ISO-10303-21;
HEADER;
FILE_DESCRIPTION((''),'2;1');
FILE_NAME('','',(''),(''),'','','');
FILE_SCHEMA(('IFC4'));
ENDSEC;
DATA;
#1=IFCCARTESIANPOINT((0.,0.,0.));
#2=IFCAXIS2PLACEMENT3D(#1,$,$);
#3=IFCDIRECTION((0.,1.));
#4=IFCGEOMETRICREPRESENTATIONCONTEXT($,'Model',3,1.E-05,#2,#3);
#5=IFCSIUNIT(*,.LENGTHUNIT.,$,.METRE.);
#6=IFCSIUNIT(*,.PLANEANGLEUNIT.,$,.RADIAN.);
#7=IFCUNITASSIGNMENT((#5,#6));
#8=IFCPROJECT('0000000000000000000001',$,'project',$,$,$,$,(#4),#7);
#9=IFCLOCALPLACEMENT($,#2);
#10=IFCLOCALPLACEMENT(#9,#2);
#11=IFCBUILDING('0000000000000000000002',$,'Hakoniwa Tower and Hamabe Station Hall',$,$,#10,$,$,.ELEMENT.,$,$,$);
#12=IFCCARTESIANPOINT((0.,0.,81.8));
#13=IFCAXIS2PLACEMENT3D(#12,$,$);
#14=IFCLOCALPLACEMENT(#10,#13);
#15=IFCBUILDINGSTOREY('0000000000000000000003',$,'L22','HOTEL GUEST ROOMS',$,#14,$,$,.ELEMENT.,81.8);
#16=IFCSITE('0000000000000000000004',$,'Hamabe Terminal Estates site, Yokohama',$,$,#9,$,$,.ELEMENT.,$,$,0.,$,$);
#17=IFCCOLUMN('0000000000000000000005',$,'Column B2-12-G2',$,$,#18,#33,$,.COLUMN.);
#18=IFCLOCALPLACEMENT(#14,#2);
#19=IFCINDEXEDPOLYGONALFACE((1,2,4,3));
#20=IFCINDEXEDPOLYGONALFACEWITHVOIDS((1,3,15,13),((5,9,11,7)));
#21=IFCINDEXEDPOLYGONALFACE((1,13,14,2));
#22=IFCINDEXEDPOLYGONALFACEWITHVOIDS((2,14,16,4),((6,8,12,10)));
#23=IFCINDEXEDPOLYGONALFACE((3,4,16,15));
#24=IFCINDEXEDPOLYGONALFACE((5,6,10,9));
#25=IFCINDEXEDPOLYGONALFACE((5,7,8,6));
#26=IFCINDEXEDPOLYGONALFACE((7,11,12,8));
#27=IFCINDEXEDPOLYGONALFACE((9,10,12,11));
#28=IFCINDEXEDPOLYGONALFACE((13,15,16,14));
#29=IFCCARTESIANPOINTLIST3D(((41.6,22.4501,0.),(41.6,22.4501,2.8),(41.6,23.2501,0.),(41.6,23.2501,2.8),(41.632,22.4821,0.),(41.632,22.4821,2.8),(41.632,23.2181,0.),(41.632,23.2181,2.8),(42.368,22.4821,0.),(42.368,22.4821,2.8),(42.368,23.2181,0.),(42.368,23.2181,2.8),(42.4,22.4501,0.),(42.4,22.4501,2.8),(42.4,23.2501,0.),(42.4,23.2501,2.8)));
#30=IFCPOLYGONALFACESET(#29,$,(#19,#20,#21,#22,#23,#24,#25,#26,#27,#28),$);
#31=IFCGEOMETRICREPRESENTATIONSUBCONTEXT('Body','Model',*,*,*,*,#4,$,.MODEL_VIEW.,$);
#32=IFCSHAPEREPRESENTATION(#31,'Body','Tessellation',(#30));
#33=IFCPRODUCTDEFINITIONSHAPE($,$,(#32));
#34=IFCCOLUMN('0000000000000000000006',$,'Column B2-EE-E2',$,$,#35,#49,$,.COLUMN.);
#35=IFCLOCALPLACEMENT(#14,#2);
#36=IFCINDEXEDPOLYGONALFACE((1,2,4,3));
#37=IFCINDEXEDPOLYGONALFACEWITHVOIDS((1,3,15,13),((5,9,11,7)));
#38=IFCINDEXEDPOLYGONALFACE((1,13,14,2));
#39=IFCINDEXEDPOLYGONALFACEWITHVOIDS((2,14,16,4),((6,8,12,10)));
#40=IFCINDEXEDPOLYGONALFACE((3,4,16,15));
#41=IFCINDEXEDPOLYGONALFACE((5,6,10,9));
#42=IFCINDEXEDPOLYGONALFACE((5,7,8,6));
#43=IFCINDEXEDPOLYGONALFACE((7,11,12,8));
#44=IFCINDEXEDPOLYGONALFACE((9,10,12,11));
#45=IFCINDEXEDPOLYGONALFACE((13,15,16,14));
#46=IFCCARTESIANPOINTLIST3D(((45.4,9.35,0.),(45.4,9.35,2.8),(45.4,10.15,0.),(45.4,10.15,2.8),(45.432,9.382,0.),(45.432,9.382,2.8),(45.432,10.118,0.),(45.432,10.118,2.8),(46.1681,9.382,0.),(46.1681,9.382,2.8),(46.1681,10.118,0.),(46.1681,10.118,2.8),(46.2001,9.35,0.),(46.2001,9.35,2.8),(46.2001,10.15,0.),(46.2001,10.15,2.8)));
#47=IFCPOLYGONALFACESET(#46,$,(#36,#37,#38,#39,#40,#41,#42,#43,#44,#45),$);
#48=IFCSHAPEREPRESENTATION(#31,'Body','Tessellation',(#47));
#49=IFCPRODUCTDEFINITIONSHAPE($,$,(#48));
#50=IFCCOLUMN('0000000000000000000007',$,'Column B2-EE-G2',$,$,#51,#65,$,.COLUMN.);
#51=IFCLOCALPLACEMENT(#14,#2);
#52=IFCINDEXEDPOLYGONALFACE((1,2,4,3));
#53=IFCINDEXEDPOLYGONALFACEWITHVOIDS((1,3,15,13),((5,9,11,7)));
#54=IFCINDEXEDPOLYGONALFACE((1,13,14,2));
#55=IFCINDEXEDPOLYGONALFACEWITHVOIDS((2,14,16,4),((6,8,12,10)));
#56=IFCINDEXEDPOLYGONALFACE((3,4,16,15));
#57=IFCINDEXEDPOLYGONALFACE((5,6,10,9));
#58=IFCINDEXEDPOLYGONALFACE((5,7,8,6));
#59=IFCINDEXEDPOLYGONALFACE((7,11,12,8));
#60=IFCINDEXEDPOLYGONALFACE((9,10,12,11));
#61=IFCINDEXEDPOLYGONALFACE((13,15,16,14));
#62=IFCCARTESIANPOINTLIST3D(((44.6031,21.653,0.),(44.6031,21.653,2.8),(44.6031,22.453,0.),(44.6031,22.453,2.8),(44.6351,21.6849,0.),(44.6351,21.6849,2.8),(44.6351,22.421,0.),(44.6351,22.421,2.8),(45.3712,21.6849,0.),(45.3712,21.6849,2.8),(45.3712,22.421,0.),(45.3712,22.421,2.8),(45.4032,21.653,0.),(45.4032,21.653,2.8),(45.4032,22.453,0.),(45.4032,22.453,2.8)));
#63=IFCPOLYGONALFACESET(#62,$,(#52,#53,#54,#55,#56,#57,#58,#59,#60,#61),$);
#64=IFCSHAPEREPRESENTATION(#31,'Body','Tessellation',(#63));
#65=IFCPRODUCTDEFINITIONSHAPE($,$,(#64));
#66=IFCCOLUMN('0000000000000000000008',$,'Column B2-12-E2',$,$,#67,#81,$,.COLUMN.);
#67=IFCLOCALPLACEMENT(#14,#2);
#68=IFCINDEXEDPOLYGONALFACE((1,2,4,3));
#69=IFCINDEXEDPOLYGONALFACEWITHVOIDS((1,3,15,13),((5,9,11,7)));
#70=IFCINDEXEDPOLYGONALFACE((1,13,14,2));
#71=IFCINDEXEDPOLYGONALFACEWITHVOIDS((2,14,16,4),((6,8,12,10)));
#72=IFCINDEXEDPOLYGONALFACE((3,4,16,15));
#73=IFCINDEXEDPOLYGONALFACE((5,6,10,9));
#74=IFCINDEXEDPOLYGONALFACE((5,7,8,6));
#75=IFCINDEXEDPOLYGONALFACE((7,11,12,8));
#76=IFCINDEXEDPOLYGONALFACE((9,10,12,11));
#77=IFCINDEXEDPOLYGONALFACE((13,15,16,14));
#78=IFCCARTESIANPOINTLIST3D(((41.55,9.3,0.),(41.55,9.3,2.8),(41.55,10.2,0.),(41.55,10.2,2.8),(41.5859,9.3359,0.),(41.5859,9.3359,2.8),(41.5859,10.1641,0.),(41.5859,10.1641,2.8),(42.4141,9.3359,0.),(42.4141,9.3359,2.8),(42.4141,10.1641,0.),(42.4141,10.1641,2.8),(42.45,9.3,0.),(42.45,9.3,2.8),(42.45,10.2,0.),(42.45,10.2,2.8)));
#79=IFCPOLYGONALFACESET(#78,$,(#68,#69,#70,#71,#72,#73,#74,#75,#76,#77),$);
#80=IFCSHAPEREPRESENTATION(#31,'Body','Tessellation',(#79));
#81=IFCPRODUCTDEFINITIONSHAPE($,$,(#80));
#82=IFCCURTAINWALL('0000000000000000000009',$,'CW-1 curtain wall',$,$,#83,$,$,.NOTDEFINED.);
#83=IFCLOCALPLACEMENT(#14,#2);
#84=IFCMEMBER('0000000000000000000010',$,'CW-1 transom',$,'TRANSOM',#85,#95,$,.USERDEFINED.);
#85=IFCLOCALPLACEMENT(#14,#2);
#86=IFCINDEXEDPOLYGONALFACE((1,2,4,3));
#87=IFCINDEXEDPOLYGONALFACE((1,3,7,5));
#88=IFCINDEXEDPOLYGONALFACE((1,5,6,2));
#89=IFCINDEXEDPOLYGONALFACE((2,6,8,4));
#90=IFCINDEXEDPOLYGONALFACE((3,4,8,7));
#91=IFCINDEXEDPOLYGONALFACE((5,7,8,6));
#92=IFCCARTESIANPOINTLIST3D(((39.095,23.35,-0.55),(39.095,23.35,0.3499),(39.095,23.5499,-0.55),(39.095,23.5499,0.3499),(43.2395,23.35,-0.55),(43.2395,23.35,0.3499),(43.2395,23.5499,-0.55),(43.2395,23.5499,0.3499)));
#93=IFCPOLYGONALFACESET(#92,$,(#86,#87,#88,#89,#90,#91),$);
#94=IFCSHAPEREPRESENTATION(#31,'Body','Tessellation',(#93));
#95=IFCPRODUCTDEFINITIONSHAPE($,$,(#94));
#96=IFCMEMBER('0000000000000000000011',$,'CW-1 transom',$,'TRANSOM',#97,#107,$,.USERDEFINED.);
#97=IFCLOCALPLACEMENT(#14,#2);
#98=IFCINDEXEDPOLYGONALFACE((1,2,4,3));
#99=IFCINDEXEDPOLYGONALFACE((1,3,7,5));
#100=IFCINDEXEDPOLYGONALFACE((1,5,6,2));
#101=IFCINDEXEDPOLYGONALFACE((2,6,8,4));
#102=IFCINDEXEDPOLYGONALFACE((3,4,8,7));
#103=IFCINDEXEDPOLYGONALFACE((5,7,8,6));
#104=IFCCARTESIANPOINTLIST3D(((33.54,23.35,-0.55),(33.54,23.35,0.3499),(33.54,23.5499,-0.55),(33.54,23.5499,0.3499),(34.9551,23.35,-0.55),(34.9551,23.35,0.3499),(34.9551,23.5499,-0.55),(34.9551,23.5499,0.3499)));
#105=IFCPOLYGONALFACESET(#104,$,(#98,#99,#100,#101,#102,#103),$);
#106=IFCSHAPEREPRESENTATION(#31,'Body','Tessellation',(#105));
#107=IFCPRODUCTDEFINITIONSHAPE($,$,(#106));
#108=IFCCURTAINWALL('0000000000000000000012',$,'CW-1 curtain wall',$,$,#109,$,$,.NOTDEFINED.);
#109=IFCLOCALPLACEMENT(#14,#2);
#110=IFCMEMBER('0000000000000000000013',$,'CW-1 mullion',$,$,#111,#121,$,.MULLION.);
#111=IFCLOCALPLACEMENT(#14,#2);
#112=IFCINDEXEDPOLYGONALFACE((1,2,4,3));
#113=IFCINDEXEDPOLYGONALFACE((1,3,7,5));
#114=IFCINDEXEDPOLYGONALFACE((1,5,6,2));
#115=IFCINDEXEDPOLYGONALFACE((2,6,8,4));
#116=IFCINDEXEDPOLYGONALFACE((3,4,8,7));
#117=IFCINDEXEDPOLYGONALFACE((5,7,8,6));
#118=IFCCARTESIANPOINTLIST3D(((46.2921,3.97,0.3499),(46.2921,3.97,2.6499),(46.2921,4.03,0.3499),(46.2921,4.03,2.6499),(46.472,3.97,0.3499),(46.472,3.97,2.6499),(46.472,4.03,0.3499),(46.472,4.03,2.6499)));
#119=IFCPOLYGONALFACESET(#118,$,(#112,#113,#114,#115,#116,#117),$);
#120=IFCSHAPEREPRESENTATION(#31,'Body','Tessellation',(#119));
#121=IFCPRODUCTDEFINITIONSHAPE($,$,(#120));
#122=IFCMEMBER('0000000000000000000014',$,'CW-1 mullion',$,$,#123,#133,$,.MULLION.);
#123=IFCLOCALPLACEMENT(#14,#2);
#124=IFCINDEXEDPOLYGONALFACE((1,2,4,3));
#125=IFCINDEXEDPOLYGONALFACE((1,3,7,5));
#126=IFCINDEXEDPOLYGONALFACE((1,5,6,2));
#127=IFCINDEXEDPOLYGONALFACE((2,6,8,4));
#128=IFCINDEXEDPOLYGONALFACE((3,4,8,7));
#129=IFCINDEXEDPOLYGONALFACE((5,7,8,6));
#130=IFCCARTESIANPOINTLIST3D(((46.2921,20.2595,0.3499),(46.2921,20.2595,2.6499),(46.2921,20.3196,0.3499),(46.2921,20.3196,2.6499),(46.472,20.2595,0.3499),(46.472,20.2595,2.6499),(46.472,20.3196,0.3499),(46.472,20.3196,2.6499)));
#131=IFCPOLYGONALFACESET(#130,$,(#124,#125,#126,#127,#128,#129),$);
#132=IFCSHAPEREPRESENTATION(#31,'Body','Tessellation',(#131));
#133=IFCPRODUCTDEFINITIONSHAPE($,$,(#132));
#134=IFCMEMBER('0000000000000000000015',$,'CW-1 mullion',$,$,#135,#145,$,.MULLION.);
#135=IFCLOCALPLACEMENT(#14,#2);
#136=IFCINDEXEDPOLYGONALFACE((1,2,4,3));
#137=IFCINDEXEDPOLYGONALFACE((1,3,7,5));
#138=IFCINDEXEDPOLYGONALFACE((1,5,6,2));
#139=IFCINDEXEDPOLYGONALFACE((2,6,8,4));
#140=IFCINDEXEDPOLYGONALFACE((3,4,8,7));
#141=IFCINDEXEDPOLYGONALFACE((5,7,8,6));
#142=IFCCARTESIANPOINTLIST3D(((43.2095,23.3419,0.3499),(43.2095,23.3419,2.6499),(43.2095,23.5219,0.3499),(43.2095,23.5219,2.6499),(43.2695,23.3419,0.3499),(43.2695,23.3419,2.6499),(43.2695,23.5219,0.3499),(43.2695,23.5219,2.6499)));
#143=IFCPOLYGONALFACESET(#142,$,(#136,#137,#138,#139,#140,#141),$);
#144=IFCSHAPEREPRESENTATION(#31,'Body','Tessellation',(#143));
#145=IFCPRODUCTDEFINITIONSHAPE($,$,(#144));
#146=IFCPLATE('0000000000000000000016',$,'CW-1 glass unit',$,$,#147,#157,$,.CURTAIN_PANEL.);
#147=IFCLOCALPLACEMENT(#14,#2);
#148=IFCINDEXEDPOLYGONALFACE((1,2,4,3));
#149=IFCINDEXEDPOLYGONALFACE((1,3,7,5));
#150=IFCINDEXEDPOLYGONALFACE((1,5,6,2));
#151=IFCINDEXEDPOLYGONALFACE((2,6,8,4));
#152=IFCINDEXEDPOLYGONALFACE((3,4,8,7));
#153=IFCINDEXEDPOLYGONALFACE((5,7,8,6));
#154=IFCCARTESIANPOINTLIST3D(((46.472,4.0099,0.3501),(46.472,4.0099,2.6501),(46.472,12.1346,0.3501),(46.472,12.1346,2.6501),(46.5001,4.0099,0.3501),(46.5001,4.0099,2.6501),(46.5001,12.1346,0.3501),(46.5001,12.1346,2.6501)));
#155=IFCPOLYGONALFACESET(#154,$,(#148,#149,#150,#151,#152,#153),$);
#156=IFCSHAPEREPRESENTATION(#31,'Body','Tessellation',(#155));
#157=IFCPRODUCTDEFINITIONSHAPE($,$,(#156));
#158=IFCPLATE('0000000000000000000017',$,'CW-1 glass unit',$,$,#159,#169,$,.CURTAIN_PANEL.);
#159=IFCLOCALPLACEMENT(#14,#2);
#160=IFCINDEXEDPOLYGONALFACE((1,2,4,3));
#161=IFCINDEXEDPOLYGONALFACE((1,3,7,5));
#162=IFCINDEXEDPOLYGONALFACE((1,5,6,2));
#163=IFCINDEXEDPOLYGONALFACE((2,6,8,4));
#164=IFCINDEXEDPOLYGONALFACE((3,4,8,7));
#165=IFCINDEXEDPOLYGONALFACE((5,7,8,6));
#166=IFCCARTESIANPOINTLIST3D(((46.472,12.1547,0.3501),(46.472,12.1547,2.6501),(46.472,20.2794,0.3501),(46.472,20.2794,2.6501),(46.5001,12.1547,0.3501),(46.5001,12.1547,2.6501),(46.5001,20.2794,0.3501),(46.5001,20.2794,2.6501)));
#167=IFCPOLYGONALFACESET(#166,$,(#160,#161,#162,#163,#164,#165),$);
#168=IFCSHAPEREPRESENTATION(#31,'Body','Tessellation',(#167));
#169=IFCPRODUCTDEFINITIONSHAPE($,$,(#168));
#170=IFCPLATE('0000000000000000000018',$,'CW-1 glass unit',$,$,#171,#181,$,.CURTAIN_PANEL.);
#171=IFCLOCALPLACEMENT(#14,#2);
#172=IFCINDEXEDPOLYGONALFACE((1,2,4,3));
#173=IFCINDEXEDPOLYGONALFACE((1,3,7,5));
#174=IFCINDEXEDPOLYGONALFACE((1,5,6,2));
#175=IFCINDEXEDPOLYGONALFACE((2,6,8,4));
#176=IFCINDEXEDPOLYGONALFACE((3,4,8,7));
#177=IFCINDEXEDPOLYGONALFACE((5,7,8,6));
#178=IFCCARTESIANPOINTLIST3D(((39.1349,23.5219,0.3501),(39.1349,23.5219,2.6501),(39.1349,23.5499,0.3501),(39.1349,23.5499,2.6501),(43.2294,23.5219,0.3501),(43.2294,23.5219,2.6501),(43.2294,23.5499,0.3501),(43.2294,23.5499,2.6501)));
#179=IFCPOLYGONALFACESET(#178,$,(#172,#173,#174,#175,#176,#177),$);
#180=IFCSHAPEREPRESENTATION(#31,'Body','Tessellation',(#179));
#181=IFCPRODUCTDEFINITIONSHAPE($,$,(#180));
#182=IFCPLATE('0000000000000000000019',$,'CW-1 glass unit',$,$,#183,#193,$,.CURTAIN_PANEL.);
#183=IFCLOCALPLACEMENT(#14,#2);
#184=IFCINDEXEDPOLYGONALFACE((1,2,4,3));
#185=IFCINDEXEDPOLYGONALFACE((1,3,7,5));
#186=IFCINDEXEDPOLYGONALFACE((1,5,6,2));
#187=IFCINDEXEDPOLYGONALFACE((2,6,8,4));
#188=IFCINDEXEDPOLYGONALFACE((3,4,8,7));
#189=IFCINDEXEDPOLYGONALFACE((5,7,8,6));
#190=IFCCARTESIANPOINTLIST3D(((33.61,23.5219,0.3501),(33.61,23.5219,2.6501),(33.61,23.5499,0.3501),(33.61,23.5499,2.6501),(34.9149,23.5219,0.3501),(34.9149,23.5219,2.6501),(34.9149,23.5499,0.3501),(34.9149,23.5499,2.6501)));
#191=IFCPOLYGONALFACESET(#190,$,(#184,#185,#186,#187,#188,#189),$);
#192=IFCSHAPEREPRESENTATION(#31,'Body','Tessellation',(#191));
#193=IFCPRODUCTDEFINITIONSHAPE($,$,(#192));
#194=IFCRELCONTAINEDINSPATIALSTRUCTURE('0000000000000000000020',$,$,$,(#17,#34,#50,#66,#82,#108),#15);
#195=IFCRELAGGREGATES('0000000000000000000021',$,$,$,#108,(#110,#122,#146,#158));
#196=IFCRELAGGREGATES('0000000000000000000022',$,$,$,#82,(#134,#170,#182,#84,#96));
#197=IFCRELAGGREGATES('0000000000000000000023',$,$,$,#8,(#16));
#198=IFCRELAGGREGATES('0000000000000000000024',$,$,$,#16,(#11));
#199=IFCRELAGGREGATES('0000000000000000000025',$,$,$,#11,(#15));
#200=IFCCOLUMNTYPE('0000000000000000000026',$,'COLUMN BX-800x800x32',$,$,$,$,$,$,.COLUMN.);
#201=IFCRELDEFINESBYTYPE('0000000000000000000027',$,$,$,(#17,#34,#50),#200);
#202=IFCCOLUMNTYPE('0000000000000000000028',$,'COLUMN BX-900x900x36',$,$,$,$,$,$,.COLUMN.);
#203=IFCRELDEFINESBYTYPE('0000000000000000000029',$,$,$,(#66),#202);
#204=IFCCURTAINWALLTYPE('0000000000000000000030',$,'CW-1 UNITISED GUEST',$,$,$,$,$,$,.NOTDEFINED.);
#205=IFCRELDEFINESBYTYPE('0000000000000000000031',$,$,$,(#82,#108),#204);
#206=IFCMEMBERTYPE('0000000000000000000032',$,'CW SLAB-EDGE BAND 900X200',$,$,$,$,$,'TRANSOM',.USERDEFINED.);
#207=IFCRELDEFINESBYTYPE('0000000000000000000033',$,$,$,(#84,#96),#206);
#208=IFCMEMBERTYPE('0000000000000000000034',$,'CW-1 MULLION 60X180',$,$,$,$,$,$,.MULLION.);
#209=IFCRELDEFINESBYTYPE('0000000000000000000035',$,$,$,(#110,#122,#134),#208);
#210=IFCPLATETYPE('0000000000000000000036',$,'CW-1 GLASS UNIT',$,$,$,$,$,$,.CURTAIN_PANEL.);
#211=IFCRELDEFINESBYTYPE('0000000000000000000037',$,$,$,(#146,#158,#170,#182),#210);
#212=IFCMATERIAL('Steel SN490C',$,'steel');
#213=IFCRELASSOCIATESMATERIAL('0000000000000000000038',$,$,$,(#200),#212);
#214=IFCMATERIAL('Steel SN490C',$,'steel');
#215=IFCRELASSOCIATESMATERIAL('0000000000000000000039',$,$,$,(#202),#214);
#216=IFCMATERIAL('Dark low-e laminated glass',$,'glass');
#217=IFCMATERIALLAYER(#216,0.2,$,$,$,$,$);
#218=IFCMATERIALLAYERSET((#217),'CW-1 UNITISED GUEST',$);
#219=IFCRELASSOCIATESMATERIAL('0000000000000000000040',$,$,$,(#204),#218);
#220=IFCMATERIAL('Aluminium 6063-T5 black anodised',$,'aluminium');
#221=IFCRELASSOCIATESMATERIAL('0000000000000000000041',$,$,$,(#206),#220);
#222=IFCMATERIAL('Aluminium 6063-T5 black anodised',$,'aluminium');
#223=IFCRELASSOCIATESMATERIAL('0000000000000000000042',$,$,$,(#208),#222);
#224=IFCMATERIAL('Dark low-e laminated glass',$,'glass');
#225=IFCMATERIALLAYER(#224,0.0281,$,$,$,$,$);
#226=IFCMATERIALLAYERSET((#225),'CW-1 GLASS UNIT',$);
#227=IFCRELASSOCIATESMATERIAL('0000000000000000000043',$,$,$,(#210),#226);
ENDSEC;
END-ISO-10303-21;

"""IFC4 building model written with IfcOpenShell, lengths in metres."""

from ifc_helpers import new_model, si_unit, direction, frame, origin, origin_2d, place, context, subcontext, project, spatial, rectangle, hollow_rectangle, extrude, material, layer, layer_set, material_profile, profile_set, type_object, element, aggregate, save


model = new_model("IFC4")

# Units and contexts
model_context = context("Model", 3, precision=1e-05, world=origin(), true_north=direction((0.0, 1.0)))
body_context = subcontext(model_context, "Body", "Model", "MODEL_VIEW")
ifc_project = project(units=[si_unit("LENGTHUNIT", "METRE"), si_unit("PLANEANGLEUNIT", "RADIAN")], contexts=[model_context])

# Site, building, storey
site_placement = place(None, origin())
site = spatial("IfcSite", under=ifc_project, at=site_placement, Name="Hamabe Terminal Estates site, Yokohama", CompositionType="ELEMENT", RefElevation=0.0)
building_placement = place(site_placement, origin())
building = spatial("IfcBuilding", under=site, at=building_placement, Name="Hakoniwa Tower and Hamabe Station Hall", CompositionType="ELEMENT")
storey_placement = place(building_placement, frame((0.0, 0.0, 81.8)))
storey = spatial("IfcBuildingStorey", under=building, at=storey_placement, Name="L22", Description="HOTEL GUEST ROOMS", CompositionType="ELEMENT", Elevation=81.8)

# Columns
ifc_material_1 = material(Name="Steel SN490C", Category="steel")
ifc_material_profile_1 = material_profile(ifc_material_1, hollow_rectangle(XDim=0.8, YDim=0.8, WallThickness=0.032, at=origin_2d()), Name="BX-800x800x32")
ifc_profile_set_1 = profile_set([ifc_material_profile_1], Name="Steel SN490C")
column_type_1 = type_object("IfcColumnType", Name="COLUMN BX-800x800x32", PredefinedType="COLUMN", material=ifc_profile_set_1)
for number, where, z_axis, x_axis, name in (
    (1, (42.0, 22.8501, 0.0), (0.0, 0.0, 1.0), (1.0, 0.0, 0.0), "Column B2-12-G2"),
    (2, (45.8, 9.75, 0.0), (0.0, 0.0, 1.0), (1.0, 0.0, 0.0), "Column B2-EE-E2"),
    (3, (45.0032, 22.053, 0.0), (0.0, 0.0, 1.0), (1.0, 0.0, 0.0), "Column B2-EE-G2"),
):
    element("IfcColumn", number, at=place(storey_placement, frame(where, z_axis=z_axis, x_axis=x_axis)), inside=storey, type_object=column_type_1, Name=name, PredefinedType="COLUMN", context=body_context, shape_type="SweptSolid", body=[
        extrude(hollow_rectangle(XDim=0.8, YDim=0.8, WallThickness=0.032, at=origin_2d()), origin(), (0.0, 0.0, 1.0), 2.8),
    ])
ifc_material_2 = material(Name="Steel SN490C", Category="steel")
ifc_material_profile_2 = material_profile(ifc_material_2, hollow_rectangle(XDim=0.8999, YDim=0.8999, WallThickness=0.0359, at=origin_2d()), Name="BX-900x900x36")
ifc_profile_set_2 = profile_set([ifc_material_profile_2], Name="Steel SN490C")
column_type_2 = type_object("IfcColumnType", Name="COLUMN BX-900x900x36", PredefinedType="COLUMN", material=ifc_profile_set_2)
column_placement = place(storey_placement, frame((42.0, 9.75, 0.0), z_axis=(0.0, 0.0, 1.0), x_axis=(1.0, 0.0, 0.0)))
element("IfcColumn", 4, at=column_placement, inside=storey, type_object=column_type_2, Name="Column B2-12-E2", PredefinedType="COLUMN", context=body_context, shape_type="SweptSolid", body=[
    extrude(hollow_rectangle(XDim=0.8999, YDim=0.8999, WallThickness=0.0359, at=origin_2d()), origin(), (0.0, 0.0, 1.0), 2.8),
])

# Curtain walls, members
ifc_material_3 = material(Name="Dark low-e laminated glass", Category="glass")
ifc_layer_1 = layer(ifc_material_3, 0.2)
ifc_layer_set_1 = layer_set([ifc_layer_1], Name="CW-1 UNITISED GUEST")
curtain_wall_type = type_object("IfcCurtainWallType", Name="CW-1 UNITISED GUEST", PredefinedType="NOTDEFINED", material=ifc_layer_set_1)
curtain_wall_1_placement = place(storey_placement, origin())
curtain_wall_1 = element("IfcCurtainWall", 5, at=curtain_wall_1_placement, inside=storey, type_object=curtain_wall_type, Name="CW-1 curtain wall", PredefinedType="NOTDEFINED")
ifc_material_4 = material(Name="Aluminium 6063-T5 black anodised", Category="aluminium")
ifc_material_profile_3 = material_profile(ifc_material_4, rectangle(XDim=0.2, YDim=0.8999, at=origin_2d()), Name="CW SLAB-EDGE BAND 900X200")
ifc_profile_set_3 = profile_set([ifc_material_profile_3], Name="Aluminium 6063-T5 black anodised")
member_type_1 = type_object("IfcMemberType", Name="CW SLAB-EDGE BAND 900X200", ElementType="TRANSOM", PredefinedType="USERDEFINED", material=ifc_profile_set_3)
member_1_placement = place(storey_placement, frame((43.2395, 23.45, -0.1001), z_axis=(-1.0, 0.0, 0.0), x_axis=(0.0, -1.0, 0.0)))
member_1 = element("IfcMember", 6, at=member_1_placement, type_object=member_type_1, Name="CW-1 transom", ObjectType="TRANSOM", PredefinedType="USERDEFINED", context=body_context, shape_type="SweptSolid", body=[
    extrude(rectangle(XDim=0.2, YDim=0.8999, at=origin_2d()), origin(), (0.0, 0.0, 1.0), 4.1445),
])
member_2_placement = place(storey_placement, frame((34.9551, 23.45, -0.1001), z_axis=(-1.0, 0.0, 0.0), x_axis=(0.0, -1.0, 0.0)))
member_2 = element("IfcMember", 7, at=member_2_placement, type_object=member_type_1, Name="CW-1 transom", ObjectType="TRANSOM", PredefinedType="USERDEFINED", context=body_context, shape_type="SweptSolid", body=[
    extrude(rectangle(XDim=0.2, YDim=0.8999, at=origin_2d()), origin(), (0.0, 0.0, 1.0), 1.415),
])
curtain_wall_2_placement = place(storey_placement, origin())
curtain_wall_2 = element("IfcCurtainWall", 8, at=curtain_wall_2_placement, inside=storey, type_object=curtain_wall_type, Name="CW-1 curtain wall", PredefinedType="NOTDEFINED")
ifc_material_5 = material(Name="Aluminium 6063-T5 black anodised", Category="aluminium")
ifc_material_profile_4 = material_profile(ifc_material_5, rectangle(XDim=0.0601, YDim=0.1799, at=origin_2d()), Name="CW-1 MULLION 60X180")
ifc_profile_set_4 = profile_set([ifc_material_profile_4], Name="Aluminium 6063-T5 black anodised")
member_type_2 = type_object("IfcMemberType", Name="CW-1 MULLION 60X180", PredefinedType="MULLION", material=ifc_profile_set_4)
member_3_placement = place(storey_placement, frame((46.3821, 4.0, 0.3499), z_axis=(0.0, 0.0, 1.0), x_axis=(0.0, 1.0, 0.0)))
member_3 = element("IfcMember", 9, at=member_3_placement, type_object=member_type_2, Name="CW-1 mullion", PredefinedType="MULLION", context=body_context, shape_type="SweptSolid", body=[
    extrude(rectangle(XDim=0.0601, YDim=0.1799, at=origin_2d()), origin(), (0.0, 0.0, 1.0), 2.3),
])
member_4_placement = place(storey_placement, frame((46.3821, 20.2896, 0.3499), z_axis=(0.0, 0.0, 1.0), x_axis=(0.0, 1.0, 0.0)))
member_4 = element("IfcMember", 10, at=member_4_placement, type_object=member_type_2, Name="CW-1 mullion", PredefinedType="MULLION", context=body_context, shape_type="SweptSolid", body=[
    extrude(rectangle(XDim=0.0601, YDim=0.1799, at=origin_2d()), origin(), (0.0, 0.0, 1.0), 2.3),
])

# Member
member_5_placement = place(storey_placement, frame((43.2395, 23.4319, 0.3499), z_axis=(0.0, 0.0, 1.0), x_axis=(-1.0, 0.0, 0.0)))
member_5 = element("IfcMember", 11, at=member_5_placement, type_object=member_type_2, Name="CW-1 mullion", PredefinedType="MULLION", context=body_context, shape_type="SweptSolid", body=[
    extrude(rectangle(XDim=0.0601, YDim=0.1799, at=origin_2d()), origin(), (0.0, 0.0, 1.0), 2.3),
])

# Plates
ifc_material_6 = material(Name="Dark low-e laminated glass", Category="glass")
ifc_layer_2 = layer(ifc_material_6, 0.0281)
ifc_layer_set_2 = layer_set([ifc_layer_2], Name="CW-1 GLASS UNIT")
plate_type = type_object("IfcPlateType", Name="CW-1 GLASS UNIT", PredefinedType="CURTAIN_PANEL", material=ifc_layer_set_2)
plate_1_placement = place(storey_placement, frame((46.4861, 8.0723, 0.3501), z_axis=(0.0, 0.0, 1.0), x_axis=(0.0, 1.0, 0.0)))
plate_1 = element("IfcPlate", 12, at=plate_1_placement, type_object=plate_type, Name="CW-1 glass unit", PredefinedType="CURTAIN_PANEL", context=body_context, shape_type="SweptSolid", body=[
    extrude(rectangle(XDim=8.1248, YDim=0.0281, at=origin_2d()), origin(), (0.0, 0.0, 1.0), 2.3),
])
plate_2_placement = place(storey_placement, frame((46.4861, 16.217, 0.3501), z_axis=(0.0, 0.0, 1.0), x_axis=(0.0, 1.0, 0.0)))
plate_2 = element("IfcPlate", 13, at=plate_2_placement, type_object=plate_type, Name="CW-1 glass unit", PredefinedType="CURTAIN_PANEL", context=body_context, shape_type="SweptSolid", body=[
    extrude(rectangle(XDim=8.1248, YDim=0.0281, at=origin_2d()), origin(), (0.0, 0.0, 1.0), 2.3),
])
aggregate(curtain_wall_2, [member_3, member_4, plate_1, plate_2])
plate_3_placement = place(storey_placement, frame((41.1821, 23.5359, 0.3501), z_axis=(0.0, 0.0, 1.0), x_axis=(-1.0, 0.0, 0.0)))
plate_3 = element("IfcPlate", 14, at=plate_3_placement, type_object=plate_type, Name="CW-1 glass unit", PredefinedType="CURTAIN_PANEL", context=body_context, shape_type="SweptSolid", body=[
    extrude(rectangle(XDim=4.0945, YDim=0.0281, at=origin_2d()), origin(), (0.0, 0.0, 1.0), 2.3),
])
plate_4_placement = place(storey_placement, frame((34.2625, 23.5359, 0.3501), z_axis=(0.0, 0.0, 1.0), x_axis=(-1.0, 0.0, 0.0)))
plate_4 = element("IfcPlate", 15, at=plate_4_placement, type_object=plate_type, Name="CW-1 glass unit", PredefinedType="CURTAIN_PANEL", context=body_context, shape_type="SweptSolid", body=[
    extrude(rectangle(XDim=1.3049, YDim=0.0281, at=origin_2d()), origin(), (0.0, 0.0, 1.0), 2.3),
])

aggregate(curtain_wall_1, [member_5, plate_3, plate_4, member_1, member_2])

save(model, "model.ifc")
